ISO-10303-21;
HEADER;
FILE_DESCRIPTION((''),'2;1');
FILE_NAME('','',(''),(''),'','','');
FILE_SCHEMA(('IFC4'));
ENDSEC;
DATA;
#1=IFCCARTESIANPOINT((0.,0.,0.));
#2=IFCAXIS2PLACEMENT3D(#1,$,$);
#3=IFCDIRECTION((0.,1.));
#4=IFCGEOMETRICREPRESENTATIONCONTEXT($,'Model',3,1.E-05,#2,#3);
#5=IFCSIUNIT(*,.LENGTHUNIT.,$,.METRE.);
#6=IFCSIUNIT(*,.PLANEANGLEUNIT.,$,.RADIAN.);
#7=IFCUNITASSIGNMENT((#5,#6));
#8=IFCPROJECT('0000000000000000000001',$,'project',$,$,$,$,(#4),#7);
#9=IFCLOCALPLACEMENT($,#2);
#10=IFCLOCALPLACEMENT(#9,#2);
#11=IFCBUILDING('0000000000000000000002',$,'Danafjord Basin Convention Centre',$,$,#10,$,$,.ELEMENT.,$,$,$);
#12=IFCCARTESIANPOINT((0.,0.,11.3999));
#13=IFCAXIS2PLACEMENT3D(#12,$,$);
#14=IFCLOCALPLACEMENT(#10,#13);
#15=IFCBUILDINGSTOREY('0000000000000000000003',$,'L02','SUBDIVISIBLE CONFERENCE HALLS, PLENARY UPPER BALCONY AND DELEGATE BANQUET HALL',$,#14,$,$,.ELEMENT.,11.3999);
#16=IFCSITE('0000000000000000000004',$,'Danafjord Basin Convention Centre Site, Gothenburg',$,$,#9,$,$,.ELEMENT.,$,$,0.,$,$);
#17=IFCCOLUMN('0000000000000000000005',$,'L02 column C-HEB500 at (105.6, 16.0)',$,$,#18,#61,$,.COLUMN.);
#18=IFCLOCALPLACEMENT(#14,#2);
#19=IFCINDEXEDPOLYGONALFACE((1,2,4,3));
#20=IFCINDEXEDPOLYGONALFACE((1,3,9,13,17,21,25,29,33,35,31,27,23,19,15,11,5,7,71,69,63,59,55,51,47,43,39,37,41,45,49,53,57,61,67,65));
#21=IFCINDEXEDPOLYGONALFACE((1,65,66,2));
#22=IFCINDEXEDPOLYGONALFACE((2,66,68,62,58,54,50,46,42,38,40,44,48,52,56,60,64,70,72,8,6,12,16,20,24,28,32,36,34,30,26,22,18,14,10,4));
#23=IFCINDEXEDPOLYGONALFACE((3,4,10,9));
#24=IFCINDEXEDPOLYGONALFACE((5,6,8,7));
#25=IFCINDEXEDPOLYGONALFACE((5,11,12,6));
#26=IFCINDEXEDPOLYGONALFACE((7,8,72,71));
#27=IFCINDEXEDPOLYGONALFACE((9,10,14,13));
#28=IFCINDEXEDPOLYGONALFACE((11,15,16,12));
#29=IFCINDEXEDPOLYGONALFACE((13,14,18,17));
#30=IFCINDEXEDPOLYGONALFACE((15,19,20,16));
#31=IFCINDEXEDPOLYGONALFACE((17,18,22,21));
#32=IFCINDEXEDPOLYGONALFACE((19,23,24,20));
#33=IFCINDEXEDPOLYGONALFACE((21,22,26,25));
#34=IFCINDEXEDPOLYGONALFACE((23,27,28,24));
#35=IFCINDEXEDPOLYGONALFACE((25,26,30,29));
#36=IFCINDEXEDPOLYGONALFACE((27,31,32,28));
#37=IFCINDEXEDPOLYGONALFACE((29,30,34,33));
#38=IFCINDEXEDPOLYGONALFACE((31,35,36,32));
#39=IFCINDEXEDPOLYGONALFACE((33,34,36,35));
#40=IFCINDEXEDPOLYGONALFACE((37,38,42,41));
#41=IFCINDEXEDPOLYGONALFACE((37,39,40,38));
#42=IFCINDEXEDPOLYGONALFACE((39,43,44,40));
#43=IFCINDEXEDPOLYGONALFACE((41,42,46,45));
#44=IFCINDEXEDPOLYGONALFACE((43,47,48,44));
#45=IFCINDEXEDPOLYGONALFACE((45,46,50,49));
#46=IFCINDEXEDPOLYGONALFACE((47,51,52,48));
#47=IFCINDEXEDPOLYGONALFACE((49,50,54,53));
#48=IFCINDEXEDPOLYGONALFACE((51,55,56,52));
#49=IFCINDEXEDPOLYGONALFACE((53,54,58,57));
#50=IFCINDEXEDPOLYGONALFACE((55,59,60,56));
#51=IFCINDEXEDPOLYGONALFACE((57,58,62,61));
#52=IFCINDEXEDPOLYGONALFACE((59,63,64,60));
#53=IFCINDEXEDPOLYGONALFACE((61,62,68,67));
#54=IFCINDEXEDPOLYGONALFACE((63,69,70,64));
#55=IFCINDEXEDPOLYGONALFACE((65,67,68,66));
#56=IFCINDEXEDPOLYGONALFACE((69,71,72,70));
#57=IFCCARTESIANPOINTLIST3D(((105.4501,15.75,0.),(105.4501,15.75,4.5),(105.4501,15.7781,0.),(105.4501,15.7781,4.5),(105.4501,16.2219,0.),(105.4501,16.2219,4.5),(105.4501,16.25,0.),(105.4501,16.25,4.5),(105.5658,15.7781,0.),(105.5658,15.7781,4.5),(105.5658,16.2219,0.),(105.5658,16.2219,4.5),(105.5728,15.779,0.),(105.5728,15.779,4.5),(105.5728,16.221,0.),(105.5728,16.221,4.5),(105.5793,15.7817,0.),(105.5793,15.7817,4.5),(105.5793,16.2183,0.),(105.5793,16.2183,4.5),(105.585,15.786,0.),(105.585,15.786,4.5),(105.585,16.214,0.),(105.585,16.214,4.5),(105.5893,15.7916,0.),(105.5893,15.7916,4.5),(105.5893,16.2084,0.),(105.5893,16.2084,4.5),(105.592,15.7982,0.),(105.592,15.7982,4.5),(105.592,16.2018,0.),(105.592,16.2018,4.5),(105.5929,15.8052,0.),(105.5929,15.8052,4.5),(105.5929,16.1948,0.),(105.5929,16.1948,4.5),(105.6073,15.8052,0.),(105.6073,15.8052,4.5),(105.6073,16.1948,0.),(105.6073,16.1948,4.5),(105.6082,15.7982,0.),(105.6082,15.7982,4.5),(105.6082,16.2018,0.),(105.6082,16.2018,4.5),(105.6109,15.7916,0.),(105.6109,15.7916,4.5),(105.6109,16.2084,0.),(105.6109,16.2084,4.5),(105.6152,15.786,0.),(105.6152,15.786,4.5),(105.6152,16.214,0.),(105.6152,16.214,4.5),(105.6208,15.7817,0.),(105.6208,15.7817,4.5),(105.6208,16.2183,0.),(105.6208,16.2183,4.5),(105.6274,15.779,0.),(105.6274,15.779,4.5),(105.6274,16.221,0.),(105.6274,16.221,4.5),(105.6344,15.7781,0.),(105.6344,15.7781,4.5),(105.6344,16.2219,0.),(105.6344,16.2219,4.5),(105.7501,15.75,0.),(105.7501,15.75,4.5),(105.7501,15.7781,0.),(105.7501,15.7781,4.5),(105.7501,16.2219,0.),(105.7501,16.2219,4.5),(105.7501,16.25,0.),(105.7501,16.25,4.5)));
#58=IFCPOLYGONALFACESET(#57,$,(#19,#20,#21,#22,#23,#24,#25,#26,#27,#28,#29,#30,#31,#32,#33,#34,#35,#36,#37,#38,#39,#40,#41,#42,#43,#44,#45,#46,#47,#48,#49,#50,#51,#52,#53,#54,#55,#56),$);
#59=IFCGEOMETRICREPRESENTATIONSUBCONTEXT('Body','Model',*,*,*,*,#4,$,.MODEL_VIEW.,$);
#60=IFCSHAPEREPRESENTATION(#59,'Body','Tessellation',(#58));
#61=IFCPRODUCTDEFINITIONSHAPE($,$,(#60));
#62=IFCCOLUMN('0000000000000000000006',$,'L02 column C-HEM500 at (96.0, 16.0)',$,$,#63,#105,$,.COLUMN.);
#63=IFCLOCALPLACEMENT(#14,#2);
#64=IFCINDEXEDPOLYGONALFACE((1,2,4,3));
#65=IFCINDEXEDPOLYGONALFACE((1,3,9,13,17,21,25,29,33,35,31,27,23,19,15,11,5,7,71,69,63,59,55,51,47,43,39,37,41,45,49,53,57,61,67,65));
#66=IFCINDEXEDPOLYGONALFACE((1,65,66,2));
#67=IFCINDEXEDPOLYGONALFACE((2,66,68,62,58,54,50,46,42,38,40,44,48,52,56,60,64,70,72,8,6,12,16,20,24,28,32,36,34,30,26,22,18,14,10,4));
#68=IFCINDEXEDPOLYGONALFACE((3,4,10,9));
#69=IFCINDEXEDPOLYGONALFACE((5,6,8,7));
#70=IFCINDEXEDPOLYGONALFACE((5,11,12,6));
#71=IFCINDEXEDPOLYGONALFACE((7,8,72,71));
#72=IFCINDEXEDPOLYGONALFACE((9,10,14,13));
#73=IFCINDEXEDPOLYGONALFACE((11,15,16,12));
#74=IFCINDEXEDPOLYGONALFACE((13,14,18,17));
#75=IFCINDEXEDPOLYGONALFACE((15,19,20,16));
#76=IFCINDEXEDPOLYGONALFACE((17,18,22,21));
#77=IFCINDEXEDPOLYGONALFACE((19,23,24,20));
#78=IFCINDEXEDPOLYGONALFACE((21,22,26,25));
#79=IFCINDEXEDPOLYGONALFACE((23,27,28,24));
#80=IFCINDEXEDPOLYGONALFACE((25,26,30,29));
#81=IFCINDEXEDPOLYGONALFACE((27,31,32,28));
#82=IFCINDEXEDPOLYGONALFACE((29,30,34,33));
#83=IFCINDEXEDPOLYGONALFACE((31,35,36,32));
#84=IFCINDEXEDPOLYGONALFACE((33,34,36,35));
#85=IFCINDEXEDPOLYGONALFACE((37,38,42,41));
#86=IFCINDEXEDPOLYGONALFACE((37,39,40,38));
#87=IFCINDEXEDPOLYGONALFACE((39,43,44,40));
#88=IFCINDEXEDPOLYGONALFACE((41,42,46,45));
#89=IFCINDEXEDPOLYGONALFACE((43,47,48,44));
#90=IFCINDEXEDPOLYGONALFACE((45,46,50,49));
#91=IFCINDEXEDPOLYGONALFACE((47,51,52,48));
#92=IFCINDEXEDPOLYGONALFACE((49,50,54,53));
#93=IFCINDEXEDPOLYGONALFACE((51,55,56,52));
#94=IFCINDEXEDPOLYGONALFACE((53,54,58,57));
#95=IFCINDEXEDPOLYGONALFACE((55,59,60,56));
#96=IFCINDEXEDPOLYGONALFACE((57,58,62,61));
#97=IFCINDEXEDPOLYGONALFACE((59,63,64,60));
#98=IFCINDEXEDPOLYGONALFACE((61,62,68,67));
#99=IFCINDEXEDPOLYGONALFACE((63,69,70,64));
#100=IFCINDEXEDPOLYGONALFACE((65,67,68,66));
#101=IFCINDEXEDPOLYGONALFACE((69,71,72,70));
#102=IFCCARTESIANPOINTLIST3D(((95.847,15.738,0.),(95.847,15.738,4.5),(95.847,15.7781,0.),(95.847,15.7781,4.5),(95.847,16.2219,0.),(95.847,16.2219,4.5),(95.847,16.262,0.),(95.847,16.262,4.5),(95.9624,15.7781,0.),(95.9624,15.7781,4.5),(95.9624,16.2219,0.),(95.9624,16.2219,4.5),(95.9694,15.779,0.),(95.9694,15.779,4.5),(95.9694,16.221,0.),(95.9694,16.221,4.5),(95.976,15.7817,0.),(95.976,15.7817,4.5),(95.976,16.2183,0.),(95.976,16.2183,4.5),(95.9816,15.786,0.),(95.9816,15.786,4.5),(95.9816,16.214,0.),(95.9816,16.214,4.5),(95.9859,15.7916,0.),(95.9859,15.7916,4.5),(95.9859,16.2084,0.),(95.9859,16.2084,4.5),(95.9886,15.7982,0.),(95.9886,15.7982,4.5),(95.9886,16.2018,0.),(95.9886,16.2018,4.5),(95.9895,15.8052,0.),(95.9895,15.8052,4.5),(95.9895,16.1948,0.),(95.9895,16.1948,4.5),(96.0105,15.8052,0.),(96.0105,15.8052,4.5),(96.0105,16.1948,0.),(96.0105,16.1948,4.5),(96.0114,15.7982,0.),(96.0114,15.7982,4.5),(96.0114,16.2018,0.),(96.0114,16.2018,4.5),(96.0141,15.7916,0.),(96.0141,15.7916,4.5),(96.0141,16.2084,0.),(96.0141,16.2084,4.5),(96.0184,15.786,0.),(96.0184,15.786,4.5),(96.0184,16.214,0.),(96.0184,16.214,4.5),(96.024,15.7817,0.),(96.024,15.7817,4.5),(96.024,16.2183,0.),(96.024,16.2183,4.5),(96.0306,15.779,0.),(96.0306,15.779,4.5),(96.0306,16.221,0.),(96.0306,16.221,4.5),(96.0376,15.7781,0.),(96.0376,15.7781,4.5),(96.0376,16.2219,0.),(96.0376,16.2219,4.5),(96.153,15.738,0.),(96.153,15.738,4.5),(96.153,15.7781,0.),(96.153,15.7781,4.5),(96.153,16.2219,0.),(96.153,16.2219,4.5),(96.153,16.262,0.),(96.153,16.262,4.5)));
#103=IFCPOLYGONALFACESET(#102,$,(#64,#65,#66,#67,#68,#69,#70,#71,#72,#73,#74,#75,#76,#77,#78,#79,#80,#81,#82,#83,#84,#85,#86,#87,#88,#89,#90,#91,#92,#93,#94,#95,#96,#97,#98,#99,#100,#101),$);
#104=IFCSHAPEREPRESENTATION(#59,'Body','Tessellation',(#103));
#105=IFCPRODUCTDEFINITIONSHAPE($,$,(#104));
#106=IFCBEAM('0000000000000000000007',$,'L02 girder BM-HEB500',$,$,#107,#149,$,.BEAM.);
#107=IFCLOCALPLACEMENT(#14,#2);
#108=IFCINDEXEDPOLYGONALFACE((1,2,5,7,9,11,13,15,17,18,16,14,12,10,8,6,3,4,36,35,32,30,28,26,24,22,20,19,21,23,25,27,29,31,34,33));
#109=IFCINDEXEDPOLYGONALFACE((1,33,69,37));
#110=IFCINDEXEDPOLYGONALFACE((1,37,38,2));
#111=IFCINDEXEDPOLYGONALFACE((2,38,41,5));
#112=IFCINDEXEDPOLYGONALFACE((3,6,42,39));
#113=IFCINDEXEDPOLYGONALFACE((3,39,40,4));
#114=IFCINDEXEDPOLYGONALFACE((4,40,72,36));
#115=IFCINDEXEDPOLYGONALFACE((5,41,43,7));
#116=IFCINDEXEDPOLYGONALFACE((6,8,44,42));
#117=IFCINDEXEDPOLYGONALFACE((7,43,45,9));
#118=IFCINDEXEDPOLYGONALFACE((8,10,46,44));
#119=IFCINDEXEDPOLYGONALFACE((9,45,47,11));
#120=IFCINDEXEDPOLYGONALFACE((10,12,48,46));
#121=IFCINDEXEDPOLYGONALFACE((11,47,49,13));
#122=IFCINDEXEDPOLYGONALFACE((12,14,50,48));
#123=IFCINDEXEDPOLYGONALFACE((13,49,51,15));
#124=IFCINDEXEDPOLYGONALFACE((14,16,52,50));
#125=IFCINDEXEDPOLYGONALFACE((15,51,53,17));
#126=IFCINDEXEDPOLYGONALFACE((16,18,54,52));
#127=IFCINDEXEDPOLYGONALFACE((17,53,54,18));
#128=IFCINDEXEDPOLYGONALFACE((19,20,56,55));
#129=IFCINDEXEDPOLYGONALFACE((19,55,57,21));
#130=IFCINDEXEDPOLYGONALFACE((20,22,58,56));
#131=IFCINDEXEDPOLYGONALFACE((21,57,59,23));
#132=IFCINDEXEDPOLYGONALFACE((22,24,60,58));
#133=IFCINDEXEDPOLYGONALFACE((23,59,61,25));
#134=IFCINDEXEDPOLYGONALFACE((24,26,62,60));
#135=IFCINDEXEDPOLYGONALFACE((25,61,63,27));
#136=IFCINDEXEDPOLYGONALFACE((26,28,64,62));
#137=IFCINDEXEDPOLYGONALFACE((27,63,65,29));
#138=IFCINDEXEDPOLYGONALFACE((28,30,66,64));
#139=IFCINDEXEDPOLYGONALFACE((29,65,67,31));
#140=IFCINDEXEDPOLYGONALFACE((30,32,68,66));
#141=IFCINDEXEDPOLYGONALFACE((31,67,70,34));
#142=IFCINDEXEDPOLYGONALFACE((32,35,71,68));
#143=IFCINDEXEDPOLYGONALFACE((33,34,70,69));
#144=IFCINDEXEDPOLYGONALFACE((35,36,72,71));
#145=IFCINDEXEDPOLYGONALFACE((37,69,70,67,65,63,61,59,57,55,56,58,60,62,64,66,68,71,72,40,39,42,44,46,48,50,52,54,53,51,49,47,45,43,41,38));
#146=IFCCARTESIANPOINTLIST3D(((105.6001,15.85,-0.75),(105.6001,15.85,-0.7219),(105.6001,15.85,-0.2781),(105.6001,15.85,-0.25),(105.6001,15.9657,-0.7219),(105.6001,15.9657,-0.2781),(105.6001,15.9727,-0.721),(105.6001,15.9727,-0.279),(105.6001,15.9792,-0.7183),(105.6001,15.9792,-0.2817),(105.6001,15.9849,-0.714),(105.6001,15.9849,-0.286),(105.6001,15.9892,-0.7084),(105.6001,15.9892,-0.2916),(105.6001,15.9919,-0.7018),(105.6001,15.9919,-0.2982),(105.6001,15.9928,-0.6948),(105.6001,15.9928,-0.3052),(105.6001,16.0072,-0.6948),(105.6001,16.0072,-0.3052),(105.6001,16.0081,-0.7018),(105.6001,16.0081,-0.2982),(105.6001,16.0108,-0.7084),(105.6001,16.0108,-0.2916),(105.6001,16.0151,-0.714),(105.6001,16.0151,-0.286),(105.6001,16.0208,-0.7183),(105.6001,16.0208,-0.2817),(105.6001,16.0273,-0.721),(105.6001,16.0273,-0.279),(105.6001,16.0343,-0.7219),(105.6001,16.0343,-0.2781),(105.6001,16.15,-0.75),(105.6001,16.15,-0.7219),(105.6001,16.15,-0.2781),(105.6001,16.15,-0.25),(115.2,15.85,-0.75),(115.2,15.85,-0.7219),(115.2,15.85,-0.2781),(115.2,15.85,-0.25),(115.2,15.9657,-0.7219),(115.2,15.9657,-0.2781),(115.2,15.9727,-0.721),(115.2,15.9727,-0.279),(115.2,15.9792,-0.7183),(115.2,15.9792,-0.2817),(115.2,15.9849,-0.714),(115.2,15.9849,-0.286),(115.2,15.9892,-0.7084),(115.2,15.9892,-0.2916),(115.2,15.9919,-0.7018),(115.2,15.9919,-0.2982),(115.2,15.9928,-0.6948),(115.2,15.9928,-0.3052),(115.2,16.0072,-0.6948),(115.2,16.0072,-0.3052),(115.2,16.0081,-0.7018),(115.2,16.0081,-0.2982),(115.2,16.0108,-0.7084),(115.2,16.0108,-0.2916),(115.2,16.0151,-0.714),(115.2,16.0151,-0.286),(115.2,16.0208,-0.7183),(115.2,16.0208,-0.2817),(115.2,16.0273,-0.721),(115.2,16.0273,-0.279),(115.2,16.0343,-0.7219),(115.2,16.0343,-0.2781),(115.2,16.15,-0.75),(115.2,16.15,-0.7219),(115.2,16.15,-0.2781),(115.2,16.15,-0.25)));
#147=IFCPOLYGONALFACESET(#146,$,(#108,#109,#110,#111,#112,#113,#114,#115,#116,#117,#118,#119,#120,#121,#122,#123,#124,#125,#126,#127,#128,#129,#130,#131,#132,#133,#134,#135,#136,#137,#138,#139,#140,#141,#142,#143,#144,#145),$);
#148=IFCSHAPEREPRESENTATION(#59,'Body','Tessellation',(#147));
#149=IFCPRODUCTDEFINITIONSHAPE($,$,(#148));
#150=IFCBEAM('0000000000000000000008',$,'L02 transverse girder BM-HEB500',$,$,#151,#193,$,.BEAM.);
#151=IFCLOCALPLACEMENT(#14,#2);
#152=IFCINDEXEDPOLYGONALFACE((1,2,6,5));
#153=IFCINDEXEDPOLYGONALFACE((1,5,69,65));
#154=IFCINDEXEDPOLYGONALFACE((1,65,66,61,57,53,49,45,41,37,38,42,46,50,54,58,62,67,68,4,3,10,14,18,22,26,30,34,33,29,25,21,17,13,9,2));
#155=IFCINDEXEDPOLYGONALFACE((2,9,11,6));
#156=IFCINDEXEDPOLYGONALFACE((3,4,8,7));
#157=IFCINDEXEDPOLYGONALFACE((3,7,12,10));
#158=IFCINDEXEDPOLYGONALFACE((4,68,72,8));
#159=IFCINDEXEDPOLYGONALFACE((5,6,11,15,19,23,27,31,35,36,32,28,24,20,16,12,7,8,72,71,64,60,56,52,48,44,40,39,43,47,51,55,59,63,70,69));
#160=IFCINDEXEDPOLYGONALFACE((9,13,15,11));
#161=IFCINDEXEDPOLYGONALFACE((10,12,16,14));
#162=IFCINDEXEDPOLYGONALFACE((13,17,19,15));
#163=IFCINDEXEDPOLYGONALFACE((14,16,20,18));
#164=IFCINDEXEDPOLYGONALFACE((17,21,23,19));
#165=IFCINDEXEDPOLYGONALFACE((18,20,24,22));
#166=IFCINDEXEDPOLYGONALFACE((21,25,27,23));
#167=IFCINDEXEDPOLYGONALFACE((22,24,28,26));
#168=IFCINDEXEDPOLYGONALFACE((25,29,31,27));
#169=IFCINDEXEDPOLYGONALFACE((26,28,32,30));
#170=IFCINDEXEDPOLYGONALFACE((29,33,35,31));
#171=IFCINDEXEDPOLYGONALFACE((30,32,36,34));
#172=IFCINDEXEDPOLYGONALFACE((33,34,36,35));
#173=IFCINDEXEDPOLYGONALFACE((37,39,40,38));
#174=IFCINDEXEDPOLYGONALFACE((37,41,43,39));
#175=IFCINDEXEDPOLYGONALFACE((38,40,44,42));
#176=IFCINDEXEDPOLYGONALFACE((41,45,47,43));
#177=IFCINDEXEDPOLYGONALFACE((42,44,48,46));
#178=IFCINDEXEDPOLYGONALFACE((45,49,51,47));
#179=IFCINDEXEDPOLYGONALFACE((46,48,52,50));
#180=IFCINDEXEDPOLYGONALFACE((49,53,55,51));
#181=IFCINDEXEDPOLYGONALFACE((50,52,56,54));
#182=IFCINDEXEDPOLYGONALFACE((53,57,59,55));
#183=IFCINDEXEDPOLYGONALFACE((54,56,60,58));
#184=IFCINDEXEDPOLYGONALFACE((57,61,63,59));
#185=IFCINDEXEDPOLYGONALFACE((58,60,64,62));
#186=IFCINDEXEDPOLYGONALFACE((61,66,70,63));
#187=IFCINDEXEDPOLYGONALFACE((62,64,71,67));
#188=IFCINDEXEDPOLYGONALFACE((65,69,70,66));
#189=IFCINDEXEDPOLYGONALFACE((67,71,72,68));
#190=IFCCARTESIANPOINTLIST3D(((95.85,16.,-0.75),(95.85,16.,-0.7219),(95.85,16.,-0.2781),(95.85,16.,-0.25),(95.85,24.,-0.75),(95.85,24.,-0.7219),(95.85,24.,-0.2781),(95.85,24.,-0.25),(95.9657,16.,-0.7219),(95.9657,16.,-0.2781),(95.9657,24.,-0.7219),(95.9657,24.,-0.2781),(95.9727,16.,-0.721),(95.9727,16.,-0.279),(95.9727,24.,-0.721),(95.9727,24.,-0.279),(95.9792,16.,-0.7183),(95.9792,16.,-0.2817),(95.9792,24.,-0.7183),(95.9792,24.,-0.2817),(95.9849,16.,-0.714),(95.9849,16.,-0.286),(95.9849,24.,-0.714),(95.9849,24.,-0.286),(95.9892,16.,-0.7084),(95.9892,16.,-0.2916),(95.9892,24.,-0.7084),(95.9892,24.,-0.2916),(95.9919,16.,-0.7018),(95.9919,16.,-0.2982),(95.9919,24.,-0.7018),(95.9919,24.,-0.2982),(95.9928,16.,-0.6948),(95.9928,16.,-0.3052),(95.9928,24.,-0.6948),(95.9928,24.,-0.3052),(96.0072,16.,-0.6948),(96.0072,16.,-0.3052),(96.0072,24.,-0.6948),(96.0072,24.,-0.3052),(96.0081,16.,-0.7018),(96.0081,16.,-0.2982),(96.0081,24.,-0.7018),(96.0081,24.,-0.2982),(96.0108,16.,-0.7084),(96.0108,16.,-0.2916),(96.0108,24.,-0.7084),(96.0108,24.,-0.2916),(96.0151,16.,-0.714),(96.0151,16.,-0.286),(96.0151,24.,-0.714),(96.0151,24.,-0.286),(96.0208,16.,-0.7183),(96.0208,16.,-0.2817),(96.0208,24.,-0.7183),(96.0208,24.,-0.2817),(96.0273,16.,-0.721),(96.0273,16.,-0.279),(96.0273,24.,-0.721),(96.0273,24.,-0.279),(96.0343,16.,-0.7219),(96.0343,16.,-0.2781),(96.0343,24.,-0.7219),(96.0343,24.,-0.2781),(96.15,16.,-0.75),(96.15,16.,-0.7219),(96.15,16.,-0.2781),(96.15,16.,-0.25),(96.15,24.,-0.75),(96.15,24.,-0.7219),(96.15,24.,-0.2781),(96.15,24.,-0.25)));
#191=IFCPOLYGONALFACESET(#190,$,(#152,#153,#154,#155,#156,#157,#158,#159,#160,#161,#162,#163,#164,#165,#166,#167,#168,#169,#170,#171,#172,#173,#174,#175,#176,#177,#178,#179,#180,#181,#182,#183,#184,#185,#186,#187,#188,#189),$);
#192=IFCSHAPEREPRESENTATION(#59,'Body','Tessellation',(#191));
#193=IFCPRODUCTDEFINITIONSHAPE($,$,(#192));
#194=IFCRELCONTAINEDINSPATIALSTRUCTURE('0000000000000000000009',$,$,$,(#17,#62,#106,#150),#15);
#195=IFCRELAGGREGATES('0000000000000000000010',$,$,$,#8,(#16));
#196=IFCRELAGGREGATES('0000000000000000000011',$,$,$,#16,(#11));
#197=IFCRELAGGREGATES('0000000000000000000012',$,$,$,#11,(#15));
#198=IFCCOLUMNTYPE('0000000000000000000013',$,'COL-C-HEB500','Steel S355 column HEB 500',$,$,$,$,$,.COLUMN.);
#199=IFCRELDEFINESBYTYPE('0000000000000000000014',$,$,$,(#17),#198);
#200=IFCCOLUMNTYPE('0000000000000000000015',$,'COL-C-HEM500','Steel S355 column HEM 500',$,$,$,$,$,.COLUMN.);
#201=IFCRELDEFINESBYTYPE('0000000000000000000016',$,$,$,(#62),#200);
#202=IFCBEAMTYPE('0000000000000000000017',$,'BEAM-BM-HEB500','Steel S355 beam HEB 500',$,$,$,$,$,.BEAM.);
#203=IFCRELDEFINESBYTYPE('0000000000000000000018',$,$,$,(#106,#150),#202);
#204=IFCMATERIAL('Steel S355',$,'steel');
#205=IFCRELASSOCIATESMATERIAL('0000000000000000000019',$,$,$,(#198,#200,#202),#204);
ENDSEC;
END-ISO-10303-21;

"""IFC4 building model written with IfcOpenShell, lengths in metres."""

from ifc_helpers import new_model, si_unit, direction, frame, origin, origin_2d, place, context, subcontext, project, spatial, i_section, extrude, material, material_profile, profile_set, type_object, element, save


model = new_model("IFC4")

# Units and contexts
model_context = context("Model", 3, precision=1e-05, world=origin(), true_north=direction((0.0, 1.0)))
body_context = subcontext(model_context, "Body", "Model", "MODEL_VIEW")
ifc_project = project(units=[si_unit("LENGTHUNIT", "METRE"), si_unit("PLANEANGLEUNIT", "RADIAN")], contexts=[model_context])

# Site, building, storey
site_placement = place(None, origin())
site = spatial("IfcSite", under=ifc_project, at=site_placement, Name="Danafjord Basin Convention Centre Site, Gothenburg", CompositionType="ELEMENT", RefElevation=0.0)
building_placement = place(site_placement, origin())
building = spatial("IfcBuilding", under=site, at=building_placement, Name="Danafjord Basin Convention Centre", CompositionType="ELEMENT")
storey_placement = place(building_placement, frame((0.0, 0.0, 11.3999)))
storey = spatial("IfcBuildingStorey", under=building, at=storey_placement, Name="L02", Description="SUBDIVISIBLE CONFERENCE HALLS, PLENARY UPPER BALCONY AND DELEGATE BANQUET HALL", CompositionType="ELEMENT", Elevation=11.3999)

# Columns
ifc_material_1 = material(Name="Steel S355", Category="steel")
ifc_material_profile_1 = material_profile(ifc_material_1, i_section(OverallWidth=0.3, OverallDepth=0.5, WebThickness=0.0144, FlangeThickness=0.0281, FilletRadius=0.0271, at=origin_2d()), Name="HEB 500")
ifc_profile_set_1 = profile_set([ifc_material_profile_1], Name="Steel S355")
column_type_1 = type_object("IfcColumnType", Name="COL-C-HEB500", Description="Steel S355 column HEB 500", PredefinedType="COLUMN", material=ifc_profile_set_1)
column_1_placement = place(storey_placement, frame((105.6001, 16.0, 0.0), z_axis=(0.0, 0.0, 1.0), x_axis=(1.0, 0.0, 0.0)))
element("IfcColumn", 1, at=column_1_placement, inside=storey, type_object=column_type_1, Name="L02 column C-HEB500 at (105.6, 16.0)", PredefinedType="COLUMN", context=body_context, shape_type="SweptSolid", body=[
    extrude(i_section(OverallWidth=0.3, OverallDepth=0.5, WebThickness=0.0144, FlangeThickness=0.0281, FilletRadius=0.0271, at=origin_2d()), origin(), (0.0, 0.0, 1.0), 4.5),
])
ifc_material_profile_2 = material_profile(ifc_material_1, i_section(OverallWidth=0.3059, OverallDepth=0.5239, WebThickness=0.021, FlangeThickness=0.04, FilletRadius=0.0271, at=origin_2d()), Name="HEM 500")
ifc_profile_set_2 = profile_set([ifc_material_profile_2], Name="Steel S355")
column_type_2 = type_object("IfcColumnType", Name="COL-C-HEM500", Description="Steel S355 column HEM 500", PredefinedType="COLUMN", material=ifc_profile_set_2)
column_2_placement = place(storey_placement, frame((96.0, 16.0, 0.0), z_axis=(0.0, 0.0, 1.0), x_axis=(1.0, 0.0, 0.0)))
element("IfcColumn", 2, at=column_2_placement, inside=storey, type_object=column_type_2, Name="L02 column C-HEM500 at (96.0, 16.0)", PredefinedType="COLUMN", context=body_context, shape_type="SweptSolid", body=[
    extrude(i_section(OverallWidth=0.3059, OverallDepth=0.5239, WebThickness=0.021, FlangeThickness=0.04, FilletRadius=0.0271, at=origin_2d()), origin(), (0.0, 0.0, 1.0), 4.5),
])

# Beams
ifc_material_profile_3 = material_profile(ifc_material_1, i_section(OverallWidth=0.3, OverallDepth=0.5, WebThickness=0.0144, FlangeThickness=0.0281, FilletRadius=0.0271, at=origin_2d()), Name="HEB 500")
ifc_profile_set_3 = profile_set([ifc_material_profile_3], Name="Steel S355")
beam_type_1 = type_object("IfcBeamType", Name="BEAM-BM-HEB500", Description="Steel S355 beam HEB 500", PredefinedType="BEAM", material=ifc_profile_set_3)
beam_1_placement = place(storey_placement, frame((105.6001, 16.0, -0.5), z_axis=(1.0, 0.0, 0.0), x_axis=(0.0, 1.0, 0.0)))
element("IfcBeam", 3, at=beam_1_placement, inside=storey, type_object=beam_type_1, Name="L02 girder BM-HEB500", PredefinedType="BEAM", context=body_context, shape_type="SweptSolid", body=[
    extrude(i_section(OverallWidth=0.3, OverallDepth=0.5, WebThickness=0.0144, FlangeThickness=0.0281, FilletRadius=0.0271, at=origin_2d()), origin(), (0.0, 0.0, 1.0), 9.5999),
])
for number, where, z_axis, x_axis, name in (
    (4, (96.0, 16.0, -0.5), (0.0, 1.0, 0.0), (-1.0, 0.0, 0.0), "L02 transverse girder BM-HEB500"),
):
    element("IfcBeam", number, at=place(storey_placement, frame(where, z_axis=z_axis, x_axis=x_axis)), inside=storey, type_object=beam_type_1, Name=name, PredefinedType="BEAM", context=body_context, shape_type="SweptSolid", body=[
        extrude(i_section(OverallWidth=0.3, OverallDepth=0.5, WebThickness=0.0144, FlangeThickness=0.0281, FilletRadius=0.0271, at=origin_2d()), origin(), (0.0, 0.0, 1.0), 8.0),
    ])

save(model, "model.ifc")
